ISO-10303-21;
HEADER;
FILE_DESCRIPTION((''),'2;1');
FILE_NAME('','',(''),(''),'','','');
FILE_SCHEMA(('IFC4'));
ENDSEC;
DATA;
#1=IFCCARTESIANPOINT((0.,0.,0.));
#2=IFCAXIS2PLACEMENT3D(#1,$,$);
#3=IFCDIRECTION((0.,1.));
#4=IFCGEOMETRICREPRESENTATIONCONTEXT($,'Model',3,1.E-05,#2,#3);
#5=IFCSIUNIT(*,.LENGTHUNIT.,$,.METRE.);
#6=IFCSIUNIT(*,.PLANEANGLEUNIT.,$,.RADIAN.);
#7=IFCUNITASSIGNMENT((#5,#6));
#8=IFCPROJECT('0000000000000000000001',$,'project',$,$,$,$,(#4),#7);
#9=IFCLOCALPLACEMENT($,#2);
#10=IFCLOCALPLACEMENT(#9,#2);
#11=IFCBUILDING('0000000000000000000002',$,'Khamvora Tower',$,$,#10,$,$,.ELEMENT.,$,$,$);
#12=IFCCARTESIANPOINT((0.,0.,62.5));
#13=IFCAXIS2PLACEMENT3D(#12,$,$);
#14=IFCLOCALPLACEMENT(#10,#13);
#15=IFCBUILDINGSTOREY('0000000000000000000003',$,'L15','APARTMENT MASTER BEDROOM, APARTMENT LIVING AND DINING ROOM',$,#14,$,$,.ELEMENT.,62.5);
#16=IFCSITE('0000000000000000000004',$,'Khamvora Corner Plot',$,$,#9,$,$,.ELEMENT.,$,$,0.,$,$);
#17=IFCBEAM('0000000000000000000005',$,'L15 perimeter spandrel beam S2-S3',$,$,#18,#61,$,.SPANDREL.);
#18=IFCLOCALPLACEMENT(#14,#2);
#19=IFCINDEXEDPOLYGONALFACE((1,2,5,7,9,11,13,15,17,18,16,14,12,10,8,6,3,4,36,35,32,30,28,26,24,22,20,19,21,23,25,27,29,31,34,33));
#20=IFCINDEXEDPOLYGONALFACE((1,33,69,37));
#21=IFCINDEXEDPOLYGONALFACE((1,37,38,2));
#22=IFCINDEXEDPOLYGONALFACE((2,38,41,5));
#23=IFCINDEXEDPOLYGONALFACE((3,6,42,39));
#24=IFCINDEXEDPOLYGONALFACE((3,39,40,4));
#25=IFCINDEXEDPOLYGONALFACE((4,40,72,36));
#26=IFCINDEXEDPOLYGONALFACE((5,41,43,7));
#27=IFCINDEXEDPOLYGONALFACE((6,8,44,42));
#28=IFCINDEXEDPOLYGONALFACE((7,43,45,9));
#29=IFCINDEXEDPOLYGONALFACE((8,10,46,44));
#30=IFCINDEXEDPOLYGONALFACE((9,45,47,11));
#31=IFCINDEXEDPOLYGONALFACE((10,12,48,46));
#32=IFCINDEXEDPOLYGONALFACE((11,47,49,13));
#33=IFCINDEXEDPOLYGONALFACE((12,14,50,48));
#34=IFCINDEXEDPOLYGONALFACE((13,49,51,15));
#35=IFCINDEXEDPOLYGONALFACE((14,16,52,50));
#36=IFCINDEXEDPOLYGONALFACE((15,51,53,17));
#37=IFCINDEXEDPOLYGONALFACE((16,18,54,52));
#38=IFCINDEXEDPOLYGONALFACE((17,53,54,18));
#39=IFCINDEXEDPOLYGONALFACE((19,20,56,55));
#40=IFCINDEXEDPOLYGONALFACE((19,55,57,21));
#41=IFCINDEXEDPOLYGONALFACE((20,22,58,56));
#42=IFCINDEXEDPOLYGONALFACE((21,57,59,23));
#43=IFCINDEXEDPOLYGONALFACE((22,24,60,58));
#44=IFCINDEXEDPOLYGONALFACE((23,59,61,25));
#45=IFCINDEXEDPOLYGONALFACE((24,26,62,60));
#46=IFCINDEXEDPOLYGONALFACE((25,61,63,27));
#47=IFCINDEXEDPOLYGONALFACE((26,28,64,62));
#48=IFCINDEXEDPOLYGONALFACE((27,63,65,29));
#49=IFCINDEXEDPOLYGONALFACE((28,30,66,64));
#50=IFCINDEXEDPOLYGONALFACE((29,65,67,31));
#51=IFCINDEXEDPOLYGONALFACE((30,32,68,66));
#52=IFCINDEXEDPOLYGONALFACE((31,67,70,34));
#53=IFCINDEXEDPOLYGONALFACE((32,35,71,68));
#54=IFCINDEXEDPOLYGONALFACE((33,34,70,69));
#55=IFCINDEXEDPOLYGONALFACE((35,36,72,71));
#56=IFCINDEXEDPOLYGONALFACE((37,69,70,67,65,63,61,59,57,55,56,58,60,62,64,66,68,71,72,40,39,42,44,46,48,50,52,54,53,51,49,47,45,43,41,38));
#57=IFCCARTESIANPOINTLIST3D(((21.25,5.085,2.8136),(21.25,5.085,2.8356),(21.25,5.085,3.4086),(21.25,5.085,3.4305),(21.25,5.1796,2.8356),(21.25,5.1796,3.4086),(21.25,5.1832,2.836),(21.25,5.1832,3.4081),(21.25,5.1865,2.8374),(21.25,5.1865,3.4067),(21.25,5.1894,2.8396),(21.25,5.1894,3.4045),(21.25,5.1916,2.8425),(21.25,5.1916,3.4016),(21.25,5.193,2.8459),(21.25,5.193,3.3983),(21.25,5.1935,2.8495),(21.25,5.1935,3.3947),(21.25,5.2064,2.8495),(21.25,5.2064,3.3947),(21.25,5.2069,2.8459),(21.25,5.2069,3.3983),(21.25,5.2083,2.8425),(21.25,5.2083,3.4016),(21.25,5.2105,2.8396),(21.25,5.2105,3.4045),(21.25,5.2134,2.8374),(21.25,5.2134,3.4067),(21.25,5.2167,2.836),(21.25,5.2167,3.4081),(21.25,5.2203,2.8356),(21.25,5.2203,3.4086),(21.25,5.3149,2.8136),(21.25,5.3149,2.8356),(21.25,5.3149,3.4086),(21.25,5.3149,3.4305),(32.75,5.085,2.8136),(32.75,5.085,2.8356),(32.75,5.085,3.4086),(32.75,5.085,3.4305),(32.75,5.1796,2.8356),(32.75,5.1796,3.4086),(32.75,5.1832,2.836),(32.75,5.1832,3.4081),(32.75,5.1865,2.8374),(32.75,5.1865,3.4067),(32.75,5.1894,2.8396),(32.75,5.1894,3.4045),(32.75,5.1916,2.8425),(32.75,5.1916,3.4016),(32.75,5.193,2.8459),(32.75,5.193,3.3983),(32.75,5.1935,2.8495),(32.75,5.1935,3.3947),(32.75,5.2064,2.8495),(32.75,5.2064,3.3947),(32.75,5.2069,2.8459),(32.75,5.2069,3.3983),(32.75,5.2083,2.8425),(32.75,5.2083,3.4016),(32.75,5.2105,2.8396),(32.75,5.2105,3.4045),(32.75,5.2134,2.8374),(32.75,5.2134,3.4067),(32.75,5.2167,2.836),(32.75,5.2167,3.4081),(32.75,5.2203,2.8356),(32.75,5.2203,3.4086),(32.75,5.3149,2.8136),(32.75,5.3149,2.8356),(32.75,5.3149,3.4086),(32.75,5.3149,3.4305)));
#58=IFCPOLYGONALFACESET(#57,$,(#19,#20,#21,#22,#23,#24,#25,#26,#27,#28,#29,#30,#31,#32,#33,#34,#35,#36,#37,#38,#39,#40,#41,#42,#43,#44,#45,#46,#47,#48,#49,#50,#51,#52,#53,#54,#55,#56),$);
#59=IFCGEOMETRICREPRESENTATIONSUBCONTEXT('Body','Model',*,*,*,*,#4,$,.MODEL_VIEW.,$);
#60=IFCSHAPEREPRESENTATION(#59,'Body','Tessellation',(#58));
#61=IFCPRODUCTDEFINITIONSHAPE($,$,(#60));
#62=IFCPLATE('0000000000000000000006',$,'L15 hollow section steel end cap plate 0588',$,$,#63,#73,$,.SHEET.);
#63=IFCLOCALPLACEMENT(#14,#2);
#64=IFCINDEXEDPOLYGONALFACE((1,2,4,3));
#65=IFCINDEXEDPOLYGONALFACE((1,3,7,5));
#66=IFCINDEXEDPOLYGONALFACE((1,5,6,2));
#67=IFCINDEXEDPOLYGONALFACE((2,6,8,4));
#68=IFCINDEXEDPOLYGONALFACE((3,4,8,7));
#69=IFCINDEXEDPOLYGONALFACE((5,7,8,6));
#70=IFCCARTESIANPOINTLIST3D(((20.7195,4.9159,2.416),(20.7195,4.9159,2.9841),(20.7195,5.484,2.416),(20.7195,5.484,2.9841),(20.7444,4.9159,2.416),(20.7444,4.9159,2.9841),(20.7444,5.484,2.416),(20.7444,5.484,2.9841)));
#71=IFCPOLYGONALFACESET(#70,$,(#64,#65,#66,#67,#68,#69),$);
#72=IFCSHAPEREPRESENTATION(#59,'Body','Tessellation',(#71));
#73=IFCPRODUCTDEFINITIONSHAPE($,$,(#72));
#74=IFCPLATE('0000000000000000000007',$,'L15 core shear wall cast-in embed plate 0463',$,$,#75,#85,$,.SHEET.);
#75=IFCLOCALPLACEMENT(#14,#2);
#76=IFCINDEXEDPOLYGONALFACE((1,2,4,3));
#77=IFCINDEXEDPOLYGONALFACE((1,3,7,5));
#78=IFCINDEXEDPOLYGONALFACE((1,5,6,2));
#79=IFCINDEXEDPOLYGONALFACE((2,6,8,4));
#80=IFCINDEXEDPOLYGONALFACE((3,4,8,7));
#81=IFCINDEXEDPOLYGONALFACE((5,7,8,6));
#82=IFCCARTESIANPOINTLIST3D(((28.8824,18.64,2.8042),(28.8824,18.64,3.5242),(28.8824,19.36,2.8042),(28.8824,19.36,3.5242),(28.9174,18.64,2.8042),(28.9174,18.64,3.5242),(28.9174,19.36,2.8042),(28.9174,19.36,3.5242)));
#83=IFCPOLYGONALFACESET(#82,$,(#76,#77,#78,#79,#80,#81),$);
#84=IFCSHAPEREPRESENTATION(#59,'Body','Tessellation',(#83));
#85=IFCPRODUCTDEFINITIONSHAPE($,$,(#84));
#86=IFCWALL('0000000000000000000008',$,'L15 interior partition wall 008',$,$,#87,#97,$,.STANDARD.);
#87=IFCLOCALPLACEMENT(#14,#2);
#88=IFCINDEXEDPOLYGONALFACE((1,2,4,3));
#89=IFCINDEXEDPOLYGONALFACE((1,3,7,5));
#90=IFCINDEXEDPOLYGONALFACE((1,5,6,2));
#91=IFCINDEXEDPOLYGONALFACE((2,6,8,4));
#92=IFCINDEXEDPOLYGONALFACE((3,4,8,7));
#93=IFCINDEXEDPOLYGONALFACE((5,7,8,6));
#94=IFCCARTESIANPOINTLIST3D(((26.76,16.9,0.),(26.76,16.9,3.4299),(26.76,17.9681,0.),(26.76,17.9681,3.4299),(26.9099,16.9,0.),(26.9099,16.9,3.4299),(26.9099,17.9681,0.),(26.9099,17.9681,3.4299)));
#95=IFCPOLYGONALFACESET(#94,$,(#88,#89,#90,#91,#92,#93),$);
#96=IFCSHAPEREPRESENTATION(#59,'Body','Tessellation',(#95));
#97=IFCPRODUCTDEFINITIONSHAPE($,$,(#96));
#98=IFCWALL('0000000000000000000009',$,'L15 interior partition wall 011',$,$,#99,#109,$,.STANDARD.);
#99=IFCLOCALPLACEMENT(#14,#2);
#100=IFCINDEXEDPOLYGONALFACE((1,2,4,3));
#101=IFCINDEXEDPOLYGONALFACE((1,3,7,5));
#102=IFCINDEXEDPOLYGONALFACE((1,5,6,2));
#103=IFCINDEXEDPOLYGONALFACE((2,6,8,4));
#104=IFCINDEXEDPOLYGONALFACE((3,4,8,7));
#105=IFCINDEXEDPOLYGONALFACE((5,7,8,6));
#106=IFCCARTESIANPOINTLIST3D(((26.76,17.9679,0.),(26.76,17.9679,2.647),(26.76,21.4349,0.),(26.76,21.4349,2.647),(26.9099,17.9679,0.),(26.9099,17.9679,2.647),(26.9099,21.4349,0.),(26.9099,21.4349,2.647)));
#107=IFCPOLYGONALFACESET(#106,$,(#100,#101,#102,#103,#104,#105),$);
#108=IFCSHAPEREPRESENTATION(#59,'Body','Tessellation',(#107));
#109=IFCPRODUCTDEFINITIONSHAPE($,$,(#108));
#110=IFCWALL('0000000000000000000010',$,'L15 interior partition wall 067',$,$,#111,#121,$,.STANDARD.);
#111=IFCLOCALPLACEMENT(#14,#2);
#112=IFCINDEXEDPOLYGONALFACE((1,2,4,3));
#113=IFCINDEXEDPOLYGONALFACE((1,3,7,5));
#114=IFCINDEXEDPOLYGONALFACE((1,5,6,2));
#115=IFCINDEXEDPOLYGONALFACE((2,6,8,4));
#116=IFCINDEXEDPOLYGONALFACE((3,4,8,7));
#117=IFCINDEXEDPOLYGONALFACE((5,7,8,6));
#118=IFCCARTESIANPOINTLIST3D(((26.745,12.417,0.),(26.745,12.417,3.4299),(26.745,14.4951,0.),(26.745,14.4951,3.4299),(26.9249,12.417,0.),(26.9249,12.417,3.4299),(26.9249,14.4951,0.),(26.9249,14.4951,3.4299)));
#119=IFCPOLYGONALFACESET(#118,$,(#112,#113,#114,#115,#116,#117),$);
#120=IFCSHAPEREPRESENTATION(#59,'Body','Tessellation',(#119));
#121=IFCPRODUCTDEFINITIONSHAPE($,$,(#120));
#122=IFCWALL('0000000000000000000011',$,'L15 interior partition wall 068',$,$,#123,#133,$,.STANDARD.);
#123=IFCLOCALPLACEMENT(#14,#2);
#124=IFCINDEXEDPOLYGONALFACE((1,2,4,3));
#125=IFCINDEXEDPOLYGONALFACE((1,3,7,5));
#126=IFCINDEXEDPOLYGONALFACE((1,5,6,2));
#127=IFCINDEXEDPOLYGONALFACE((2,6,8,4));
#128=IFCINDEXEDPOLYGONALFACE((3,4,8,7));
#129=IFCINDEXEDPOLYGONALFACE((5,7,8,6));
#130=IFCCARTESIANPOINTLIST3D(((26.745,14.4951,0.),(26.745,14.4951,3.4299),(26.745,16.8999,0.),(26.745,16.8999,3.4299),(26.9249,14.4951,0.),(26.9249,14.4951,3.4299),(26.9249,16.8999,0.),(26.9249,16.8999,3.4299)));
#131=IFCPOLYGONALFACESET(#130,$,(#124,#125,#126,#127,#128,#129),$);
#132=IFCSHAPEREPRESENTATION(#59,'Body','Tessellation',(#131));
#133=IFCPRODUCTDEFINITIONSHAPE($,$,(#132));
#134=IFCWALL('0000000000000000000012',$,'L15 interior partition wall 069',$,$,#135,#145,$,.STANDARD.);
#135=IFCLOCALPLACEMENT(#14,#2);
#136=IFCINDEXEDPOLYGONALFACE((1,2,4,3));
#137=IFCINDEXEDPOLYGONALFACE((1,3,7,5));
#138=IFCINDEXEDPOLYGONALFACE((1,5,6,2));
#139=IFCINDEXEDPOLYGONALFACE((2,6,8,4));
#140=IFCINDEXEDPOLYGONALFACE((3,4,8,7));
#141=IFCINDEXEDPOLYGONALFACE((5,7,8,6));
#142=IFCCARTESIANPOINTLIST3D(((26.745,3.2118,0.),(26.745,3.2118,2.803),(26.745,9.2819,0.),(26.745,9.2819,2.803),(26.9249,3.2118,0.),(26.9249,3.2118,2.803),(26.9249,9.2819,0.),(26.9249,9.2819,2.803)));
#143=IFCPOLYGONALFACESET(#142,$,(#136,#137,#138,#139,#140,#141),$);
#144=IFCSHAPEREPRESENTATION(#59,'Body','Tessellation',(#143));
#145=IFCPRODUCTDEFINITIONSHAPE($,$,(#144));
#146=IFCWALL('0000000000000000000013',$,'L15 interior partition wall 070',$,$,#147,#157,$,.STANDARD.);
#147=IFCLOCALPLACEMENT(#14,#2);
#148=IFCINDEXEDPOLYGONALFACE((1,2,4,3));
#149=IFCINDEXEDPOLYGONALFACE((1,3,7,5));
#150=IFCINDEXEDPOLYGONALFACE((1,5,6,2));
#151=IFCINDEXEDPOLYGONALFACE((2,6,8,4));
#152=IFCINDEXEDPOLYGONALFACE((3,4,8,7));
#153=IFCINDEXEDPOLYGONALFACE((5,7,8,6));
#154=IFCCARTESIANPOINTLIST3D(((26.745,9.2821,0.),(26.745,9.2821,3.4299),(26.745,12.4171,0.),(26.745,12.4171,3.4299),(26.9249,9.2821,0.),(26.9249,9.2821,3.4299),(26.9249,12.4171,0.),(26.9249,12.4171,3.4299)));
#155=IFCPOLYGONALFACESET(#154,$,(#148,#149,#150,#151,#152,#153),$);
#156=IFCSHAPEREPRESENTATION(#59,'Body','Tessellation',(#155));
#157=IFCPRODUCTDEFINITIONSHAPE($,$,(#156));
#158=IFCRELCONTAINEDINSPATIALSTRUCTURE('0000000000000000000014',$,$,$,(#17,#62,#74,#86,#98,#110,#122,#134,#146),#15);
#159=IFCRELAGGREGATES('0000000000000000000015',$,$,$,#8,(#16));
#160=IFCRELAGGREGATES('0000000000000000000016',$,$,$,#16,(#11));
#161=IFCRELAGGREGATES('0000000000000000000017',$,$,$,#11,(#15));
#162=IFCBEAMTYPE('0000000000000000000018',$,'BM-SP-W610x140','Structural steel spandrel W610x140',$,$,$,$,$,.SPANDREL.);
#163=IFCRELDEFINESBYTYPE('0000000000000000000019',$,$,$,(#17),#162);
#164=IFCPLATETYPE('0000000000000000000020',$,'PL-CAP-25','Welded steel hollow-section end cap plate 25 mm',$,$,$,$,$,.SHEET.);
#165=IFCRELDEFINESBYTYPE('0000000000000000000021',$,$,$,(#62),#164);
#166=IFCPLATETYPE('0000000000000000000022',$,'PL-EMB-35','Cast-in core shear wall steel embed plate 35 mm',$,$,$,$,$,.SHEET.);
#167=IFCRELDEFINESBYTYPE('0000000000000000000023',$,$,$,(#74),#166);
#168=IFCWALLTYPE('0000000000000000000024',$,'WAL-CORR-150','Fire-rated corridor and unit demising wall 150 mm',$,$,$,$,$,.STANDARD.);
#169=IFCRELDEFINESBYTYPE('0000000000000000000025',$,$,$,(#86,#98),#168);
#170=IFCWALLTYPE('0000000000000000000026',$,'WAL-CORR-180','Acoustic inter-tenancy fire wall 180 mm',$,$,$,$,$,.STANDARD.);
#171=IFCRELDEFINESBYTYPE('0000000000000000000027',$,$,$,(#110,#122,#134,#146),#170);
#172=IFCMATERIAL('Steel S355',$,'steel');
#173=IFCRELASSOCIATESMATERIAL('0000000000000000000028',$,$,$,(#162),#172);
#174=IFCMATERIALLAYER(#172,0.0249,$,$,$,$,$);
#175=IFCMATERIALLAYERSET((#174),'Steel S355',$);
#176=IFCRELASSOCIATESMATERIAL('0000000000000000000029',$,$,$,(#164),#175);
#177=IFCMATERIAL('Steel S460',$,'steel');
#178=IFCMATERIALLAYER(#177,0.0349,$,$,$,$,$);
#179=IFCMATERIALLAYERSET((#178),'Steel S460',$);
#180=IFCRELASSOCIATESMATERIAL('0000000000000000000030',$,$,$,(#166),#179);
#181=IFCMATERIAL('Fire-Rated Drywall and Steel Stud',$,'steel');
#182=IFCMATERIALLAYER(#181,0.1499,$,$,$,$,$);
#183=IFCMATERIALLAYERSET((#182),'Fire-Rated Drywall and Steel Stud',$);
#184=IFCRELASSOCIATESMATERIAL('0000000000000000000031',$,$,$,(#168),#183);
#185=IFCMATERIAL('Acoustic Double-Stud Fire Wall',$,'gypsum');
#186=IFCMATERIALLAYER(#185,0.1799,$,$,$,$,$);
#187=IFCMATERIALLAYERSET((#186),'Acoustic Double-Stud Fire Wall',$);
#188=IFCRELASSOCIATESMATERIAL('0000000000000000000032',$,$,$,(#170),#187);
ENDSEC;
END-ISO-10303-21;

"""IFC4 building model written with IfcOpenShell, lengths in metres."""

from ifc_helpers import new_model, si_unit, direction, frame, frame_2d, origin, origin_2d, place, context, subcontext, project, spatial, rectangle, i_section, extrude, material, layer, layer_set, material_profile, profile_set, type_object, element, save


model = new_model("IFC4")

# Units and contexts
model_context = context("Model", 3, precision=1e-05, world=origin(), true_north=direction((0.0, 1.0)))
body_context = subcontext(model_context, "Body", "Model", "MODEL_VIEW")
ifc_project = project(units=[si_unit("LENGTHUNIT", "METRE"), si_unit("PLANEANGLEUNIT", "RADIAN")], contexts=[model_context])

# Site, building, storey
site_placement = place(None, origin())
site = spatial("IfcSite", under=ifc_project, at=site_placement, Name="Khamvora Corner Plot", CompositionType="ELEMENT", RefElevation=0.0)
building_placement = place(site_placement, origin())
building = spatial("IfcBuilding", under=site, at=building_placement, Name="Khamvora Tower", CompositionType="ELEMENT")
storey_placement = place(building_placement, frame((0.0, 0.0, 62.5)))
storey = spatial("IfcBuildingStorey", under=building, at=storey_placement, Name="L15", Description="APARTMENT MASTER BEDROOM, APARTMENT LIVING AND DINING ROOM", CompositionType="ELEMENT", Elevation=62.5)

# Shared definitions
ifc_material_1 = material(Name="Steel S460", Category="steel")

# Beam
ifc_material_2 = material(Name="Steel S355", Category="steel")
ifc_material_profile_1 = material_profile(ifc_material_2, i_section(OverallWidth=0.23, OverallDepth=0.6169, WebThickness=0.0129, FlangeThickness=0.022, FilletRadius=0.0139, at=origin_2d()), Name="W610x140")
ifc_profile_set_1 = profile_set([ifc_material_profile_1], Name="Steel S355")
beam_type_1 = type_object("IfcBeamType", Name="BM-SP-W610x140", Description="Structural steel spandrel W610x140", PredefinedType="SPANDREL", material=ifc_profile_set_1)
beam_1_placement = place(storey_placement, frame((21.25, 5.2, 3.1221), z_axis=(1.0, 0.0, 0.0), x_axis=(0.0, 1.0, 0.0)))
element("IfcBeam", 1, at=beam_1_placement, inside=storey, type_object=beam_type_1, Name="L15 perimeter spandrel beam S2-S3", PredefinedType="SPANDREL", context=body_context, shape_type="SweptSolid", body=[
    extrude(i_section(OverallWidth=0.23, OverallDepth=0.6169, WebThickness=0.0129, FlangeThickness=0.022, FilletRadius=0.0139, at=origin_2d()), origin(), (0.0, 0.0, 1.0), 11.5),
])

# Plates
ifc_layer_1 = layer(ifc_material_2, 0.0249)
ifc_layer_set_1 = layer_set([ifc_layer_1], Name="Steel S355")
plate_type_1 = type_object("IfcPlateType", Name="PL-CAP-25", Description="Welded steel hollow-section end cap plate 25 mm", PredefinedType="SHEET", material=ifc_layer_set_1)
plate_1_placement = place(storey_placement, frame((20.7319, 5.2, 2.416), z_axis=(0.0, 0.0, 1.0), x_axis=(-1.0, 0.0, 0.0)))
element("IfcPlate", 2, at=plate_1_placement, inside=storey, type_object=plate_type_1, Name="L15 hollow section steel end cap plate 0588", PredefinedType="SHEET", context=body_context, shape_type="SweptSolid", body=[
    extrude(rectangle(XDim=0.0249, YDim=0.5681, at=origin_2d()), origin(), (0.0, 0.0, 1.0), 0.5681),
])
ifc_layer_2 = layer(ifc_material_1, 0.0349)
ifc_layer_set_2 = layer_set([ifc_layer_2], Name="Steel S460")
plate_type_2 = type_object("IfcPlateType", Name="PL-EMB-35", Description="Cast-in core shear wall steel embed plate 35 mm", PredefinedType="SHEET", material=ifc_layer_set_2)
plate_2_placement = place(storey_placement, frame((28.8999, 19.0, 2.8042), z_axis=(0.0, 0.0, 1.0), x_axis=(1.0, 0.0, 0.0)))
element("IfcPlate", 3, at=plate_2_placement, inside=storey, type_object=plate_type_2, Name="L15 core shear wall cast-in embed plate 0463", PredefinedType="SHEET", context=body_context, shape_type="SweptSolid", body=[
    extrude(rectangle(XDim=0.0349, YDim=0.72, at=origin_2d()), origin(), (0.0, 0.0, 1.0), 0.72),
])

# Walls
ifc_material_3 = material(Name="Fire-Rated Drywall and Steel Stud", Category="steel")
ifc_layer_3 = layer(ifc_material_3, 0.1499)
ifc_layer_set_3 = layer_set([ifc_layer_3], Name="Fire-Rated Drywall and Steel Stud")
wall_type_1 = type_object("IfcWallType", Name="WAL-CORR-150", Description="Fire-rated corridor and unit demising wall 150 mm", PredefinedType="STANDARD", material=ifc_layer_set_3)
wall_1_placement = place(storey_placement, frame((26.835, 16.8999, 0.0), z_axis=(0.0, 0.0, 1.0), x_axis=(0.0, 1.0, 0.0)))
element("IfcWall", 4, at=wall_1_placement, inside=storey, type_object=wall_type_1, Name="L15 interior partition wall 008", PredefinedType="STANDARD", context=body_context, shape_type="SweptSolid", body=[
    extrude(rectangle(XDim=1.0681, YDim=0.1499, at=frame_2d((0.5342, 0.0))), origin(), (0.0, 0.0, 1.0), 3.4299),
])
wall_2_placement = place(storey_placement, frame((26.835, 17.968, 0.0), z_axis=(0.0, 0.0, 1.0), x_axis=(0.0, 1.0, 0.0)))
element("IfcWall", 5, at=wall_2_placement, inside=storey, type_object=wall_type_1, Name="L15 interior partition wall 011", PredefinedType="STANDARD", context=body_context, shape_type="SweptSolid", body=[
    extrude(rectangle(XDim=3.467, YDim=0.1499, at=frame_2d((1.7334, 0.0))), origin(), (0.0, 0.0, 1.0), 2.647),
])
ifc_material_4 = material(Name="Acoustic Double-Stud Fire Wall", Category="gypsum")
ifc_layer_4 = layer(ifc_material_4, 0.1799)
ifc_layer_set_4 = layer_set([ifc_layer_4], Name="Acoustic Double-Stud Fire Wall")
wall_type_2 = type_object("IfcWallType", Name="WAL-CORR-180", Description="Acoustic inter-tenancy fire wall 180 mm", PredefinedType="STANDARD", material=ifc_layer_set_4)
wall_3_placement = place(storey_placement, frame((26.835, 14.4951, 0.0), z_axis=(0.0, 0.0, 1.0), x_axis=(0.0, -1.0, 0.0)))
element("IfcWall", 6, at=wall_3_placement, inside=storey, type_object=wall_type_2, Name="L15 interior partition wall 067", PredefinedType="STANDARD", context=body_context, shape_type="SweptSolid", body=[
    extrude(rectangle(XDim=2.0781, YDim=0.1799, at=frame_2d((1.0391, 0.0))), origin(), (0.0, 0.0, 1.0), 3.4299),
])
wall_4_placement = place(storey_placement, frame((26.835, 16.8999, 0.0), z_axis=(0.0, 0.0, 1.0), x_axis=(0.0, -1.0, 0.0)))
element("IfcWall", 7, at=wall_4_placement, inside=storey, type_object=wall_type_2, Name="L15 interior partition wall 068", PredefinedType="STANDARD", context=body_context, shape_type="SweptSolid", body=[
    extrude(rectangle(XDim=2.4048, YDim=0.1799, at=frame_2d((1.2024, 0.0))), origin(), (0.0, 0.0, 1.0), 3.4299),
])
wall_5_placement = place(storey_placement, frame((26.835, 9.282, 0.0), z_axis=(0.0, 0.0, 1.0), x_axis=(0.0, -1.0, 0.0)))
element("IfcWall", 8, at=wall_5_placement, inside=storey, type_object=wall_type_2, Name="L15 interior partition wall 069", PredefinedType="STANDARD", context=body_context, shape_type="SweptSolid", body=[
    extrude(rectangle(XDim=6.0701, YDim=0.1799, at=frame_2d((3.0352, 0.0))), origin(), (0.0, 0.0, 1.0), 2.803),
])
wall_6_placement = place(storey_placement, frame((26.835, 12.417, 0.0), z_axis=(0.0, 0.0, 1.0), x_axis=(0.0, -1.0, 0.0)))
element("IfcWall", 9, at=wall_6_placement, inside=storey, type_object=wall_type_2, Name="L15 interior partition wall 070", PredefinedType="STANDARD", context=body_context, shape_type="SweptSolid", body=[
    extrude(rectangle(XDim=3.135, YDim=0.1799, at=frame_2d((1.5674, 0.0))), origin(), (0.0, 0.0, 1.0), 3.4299),
])

save(model, "model.ifc")
